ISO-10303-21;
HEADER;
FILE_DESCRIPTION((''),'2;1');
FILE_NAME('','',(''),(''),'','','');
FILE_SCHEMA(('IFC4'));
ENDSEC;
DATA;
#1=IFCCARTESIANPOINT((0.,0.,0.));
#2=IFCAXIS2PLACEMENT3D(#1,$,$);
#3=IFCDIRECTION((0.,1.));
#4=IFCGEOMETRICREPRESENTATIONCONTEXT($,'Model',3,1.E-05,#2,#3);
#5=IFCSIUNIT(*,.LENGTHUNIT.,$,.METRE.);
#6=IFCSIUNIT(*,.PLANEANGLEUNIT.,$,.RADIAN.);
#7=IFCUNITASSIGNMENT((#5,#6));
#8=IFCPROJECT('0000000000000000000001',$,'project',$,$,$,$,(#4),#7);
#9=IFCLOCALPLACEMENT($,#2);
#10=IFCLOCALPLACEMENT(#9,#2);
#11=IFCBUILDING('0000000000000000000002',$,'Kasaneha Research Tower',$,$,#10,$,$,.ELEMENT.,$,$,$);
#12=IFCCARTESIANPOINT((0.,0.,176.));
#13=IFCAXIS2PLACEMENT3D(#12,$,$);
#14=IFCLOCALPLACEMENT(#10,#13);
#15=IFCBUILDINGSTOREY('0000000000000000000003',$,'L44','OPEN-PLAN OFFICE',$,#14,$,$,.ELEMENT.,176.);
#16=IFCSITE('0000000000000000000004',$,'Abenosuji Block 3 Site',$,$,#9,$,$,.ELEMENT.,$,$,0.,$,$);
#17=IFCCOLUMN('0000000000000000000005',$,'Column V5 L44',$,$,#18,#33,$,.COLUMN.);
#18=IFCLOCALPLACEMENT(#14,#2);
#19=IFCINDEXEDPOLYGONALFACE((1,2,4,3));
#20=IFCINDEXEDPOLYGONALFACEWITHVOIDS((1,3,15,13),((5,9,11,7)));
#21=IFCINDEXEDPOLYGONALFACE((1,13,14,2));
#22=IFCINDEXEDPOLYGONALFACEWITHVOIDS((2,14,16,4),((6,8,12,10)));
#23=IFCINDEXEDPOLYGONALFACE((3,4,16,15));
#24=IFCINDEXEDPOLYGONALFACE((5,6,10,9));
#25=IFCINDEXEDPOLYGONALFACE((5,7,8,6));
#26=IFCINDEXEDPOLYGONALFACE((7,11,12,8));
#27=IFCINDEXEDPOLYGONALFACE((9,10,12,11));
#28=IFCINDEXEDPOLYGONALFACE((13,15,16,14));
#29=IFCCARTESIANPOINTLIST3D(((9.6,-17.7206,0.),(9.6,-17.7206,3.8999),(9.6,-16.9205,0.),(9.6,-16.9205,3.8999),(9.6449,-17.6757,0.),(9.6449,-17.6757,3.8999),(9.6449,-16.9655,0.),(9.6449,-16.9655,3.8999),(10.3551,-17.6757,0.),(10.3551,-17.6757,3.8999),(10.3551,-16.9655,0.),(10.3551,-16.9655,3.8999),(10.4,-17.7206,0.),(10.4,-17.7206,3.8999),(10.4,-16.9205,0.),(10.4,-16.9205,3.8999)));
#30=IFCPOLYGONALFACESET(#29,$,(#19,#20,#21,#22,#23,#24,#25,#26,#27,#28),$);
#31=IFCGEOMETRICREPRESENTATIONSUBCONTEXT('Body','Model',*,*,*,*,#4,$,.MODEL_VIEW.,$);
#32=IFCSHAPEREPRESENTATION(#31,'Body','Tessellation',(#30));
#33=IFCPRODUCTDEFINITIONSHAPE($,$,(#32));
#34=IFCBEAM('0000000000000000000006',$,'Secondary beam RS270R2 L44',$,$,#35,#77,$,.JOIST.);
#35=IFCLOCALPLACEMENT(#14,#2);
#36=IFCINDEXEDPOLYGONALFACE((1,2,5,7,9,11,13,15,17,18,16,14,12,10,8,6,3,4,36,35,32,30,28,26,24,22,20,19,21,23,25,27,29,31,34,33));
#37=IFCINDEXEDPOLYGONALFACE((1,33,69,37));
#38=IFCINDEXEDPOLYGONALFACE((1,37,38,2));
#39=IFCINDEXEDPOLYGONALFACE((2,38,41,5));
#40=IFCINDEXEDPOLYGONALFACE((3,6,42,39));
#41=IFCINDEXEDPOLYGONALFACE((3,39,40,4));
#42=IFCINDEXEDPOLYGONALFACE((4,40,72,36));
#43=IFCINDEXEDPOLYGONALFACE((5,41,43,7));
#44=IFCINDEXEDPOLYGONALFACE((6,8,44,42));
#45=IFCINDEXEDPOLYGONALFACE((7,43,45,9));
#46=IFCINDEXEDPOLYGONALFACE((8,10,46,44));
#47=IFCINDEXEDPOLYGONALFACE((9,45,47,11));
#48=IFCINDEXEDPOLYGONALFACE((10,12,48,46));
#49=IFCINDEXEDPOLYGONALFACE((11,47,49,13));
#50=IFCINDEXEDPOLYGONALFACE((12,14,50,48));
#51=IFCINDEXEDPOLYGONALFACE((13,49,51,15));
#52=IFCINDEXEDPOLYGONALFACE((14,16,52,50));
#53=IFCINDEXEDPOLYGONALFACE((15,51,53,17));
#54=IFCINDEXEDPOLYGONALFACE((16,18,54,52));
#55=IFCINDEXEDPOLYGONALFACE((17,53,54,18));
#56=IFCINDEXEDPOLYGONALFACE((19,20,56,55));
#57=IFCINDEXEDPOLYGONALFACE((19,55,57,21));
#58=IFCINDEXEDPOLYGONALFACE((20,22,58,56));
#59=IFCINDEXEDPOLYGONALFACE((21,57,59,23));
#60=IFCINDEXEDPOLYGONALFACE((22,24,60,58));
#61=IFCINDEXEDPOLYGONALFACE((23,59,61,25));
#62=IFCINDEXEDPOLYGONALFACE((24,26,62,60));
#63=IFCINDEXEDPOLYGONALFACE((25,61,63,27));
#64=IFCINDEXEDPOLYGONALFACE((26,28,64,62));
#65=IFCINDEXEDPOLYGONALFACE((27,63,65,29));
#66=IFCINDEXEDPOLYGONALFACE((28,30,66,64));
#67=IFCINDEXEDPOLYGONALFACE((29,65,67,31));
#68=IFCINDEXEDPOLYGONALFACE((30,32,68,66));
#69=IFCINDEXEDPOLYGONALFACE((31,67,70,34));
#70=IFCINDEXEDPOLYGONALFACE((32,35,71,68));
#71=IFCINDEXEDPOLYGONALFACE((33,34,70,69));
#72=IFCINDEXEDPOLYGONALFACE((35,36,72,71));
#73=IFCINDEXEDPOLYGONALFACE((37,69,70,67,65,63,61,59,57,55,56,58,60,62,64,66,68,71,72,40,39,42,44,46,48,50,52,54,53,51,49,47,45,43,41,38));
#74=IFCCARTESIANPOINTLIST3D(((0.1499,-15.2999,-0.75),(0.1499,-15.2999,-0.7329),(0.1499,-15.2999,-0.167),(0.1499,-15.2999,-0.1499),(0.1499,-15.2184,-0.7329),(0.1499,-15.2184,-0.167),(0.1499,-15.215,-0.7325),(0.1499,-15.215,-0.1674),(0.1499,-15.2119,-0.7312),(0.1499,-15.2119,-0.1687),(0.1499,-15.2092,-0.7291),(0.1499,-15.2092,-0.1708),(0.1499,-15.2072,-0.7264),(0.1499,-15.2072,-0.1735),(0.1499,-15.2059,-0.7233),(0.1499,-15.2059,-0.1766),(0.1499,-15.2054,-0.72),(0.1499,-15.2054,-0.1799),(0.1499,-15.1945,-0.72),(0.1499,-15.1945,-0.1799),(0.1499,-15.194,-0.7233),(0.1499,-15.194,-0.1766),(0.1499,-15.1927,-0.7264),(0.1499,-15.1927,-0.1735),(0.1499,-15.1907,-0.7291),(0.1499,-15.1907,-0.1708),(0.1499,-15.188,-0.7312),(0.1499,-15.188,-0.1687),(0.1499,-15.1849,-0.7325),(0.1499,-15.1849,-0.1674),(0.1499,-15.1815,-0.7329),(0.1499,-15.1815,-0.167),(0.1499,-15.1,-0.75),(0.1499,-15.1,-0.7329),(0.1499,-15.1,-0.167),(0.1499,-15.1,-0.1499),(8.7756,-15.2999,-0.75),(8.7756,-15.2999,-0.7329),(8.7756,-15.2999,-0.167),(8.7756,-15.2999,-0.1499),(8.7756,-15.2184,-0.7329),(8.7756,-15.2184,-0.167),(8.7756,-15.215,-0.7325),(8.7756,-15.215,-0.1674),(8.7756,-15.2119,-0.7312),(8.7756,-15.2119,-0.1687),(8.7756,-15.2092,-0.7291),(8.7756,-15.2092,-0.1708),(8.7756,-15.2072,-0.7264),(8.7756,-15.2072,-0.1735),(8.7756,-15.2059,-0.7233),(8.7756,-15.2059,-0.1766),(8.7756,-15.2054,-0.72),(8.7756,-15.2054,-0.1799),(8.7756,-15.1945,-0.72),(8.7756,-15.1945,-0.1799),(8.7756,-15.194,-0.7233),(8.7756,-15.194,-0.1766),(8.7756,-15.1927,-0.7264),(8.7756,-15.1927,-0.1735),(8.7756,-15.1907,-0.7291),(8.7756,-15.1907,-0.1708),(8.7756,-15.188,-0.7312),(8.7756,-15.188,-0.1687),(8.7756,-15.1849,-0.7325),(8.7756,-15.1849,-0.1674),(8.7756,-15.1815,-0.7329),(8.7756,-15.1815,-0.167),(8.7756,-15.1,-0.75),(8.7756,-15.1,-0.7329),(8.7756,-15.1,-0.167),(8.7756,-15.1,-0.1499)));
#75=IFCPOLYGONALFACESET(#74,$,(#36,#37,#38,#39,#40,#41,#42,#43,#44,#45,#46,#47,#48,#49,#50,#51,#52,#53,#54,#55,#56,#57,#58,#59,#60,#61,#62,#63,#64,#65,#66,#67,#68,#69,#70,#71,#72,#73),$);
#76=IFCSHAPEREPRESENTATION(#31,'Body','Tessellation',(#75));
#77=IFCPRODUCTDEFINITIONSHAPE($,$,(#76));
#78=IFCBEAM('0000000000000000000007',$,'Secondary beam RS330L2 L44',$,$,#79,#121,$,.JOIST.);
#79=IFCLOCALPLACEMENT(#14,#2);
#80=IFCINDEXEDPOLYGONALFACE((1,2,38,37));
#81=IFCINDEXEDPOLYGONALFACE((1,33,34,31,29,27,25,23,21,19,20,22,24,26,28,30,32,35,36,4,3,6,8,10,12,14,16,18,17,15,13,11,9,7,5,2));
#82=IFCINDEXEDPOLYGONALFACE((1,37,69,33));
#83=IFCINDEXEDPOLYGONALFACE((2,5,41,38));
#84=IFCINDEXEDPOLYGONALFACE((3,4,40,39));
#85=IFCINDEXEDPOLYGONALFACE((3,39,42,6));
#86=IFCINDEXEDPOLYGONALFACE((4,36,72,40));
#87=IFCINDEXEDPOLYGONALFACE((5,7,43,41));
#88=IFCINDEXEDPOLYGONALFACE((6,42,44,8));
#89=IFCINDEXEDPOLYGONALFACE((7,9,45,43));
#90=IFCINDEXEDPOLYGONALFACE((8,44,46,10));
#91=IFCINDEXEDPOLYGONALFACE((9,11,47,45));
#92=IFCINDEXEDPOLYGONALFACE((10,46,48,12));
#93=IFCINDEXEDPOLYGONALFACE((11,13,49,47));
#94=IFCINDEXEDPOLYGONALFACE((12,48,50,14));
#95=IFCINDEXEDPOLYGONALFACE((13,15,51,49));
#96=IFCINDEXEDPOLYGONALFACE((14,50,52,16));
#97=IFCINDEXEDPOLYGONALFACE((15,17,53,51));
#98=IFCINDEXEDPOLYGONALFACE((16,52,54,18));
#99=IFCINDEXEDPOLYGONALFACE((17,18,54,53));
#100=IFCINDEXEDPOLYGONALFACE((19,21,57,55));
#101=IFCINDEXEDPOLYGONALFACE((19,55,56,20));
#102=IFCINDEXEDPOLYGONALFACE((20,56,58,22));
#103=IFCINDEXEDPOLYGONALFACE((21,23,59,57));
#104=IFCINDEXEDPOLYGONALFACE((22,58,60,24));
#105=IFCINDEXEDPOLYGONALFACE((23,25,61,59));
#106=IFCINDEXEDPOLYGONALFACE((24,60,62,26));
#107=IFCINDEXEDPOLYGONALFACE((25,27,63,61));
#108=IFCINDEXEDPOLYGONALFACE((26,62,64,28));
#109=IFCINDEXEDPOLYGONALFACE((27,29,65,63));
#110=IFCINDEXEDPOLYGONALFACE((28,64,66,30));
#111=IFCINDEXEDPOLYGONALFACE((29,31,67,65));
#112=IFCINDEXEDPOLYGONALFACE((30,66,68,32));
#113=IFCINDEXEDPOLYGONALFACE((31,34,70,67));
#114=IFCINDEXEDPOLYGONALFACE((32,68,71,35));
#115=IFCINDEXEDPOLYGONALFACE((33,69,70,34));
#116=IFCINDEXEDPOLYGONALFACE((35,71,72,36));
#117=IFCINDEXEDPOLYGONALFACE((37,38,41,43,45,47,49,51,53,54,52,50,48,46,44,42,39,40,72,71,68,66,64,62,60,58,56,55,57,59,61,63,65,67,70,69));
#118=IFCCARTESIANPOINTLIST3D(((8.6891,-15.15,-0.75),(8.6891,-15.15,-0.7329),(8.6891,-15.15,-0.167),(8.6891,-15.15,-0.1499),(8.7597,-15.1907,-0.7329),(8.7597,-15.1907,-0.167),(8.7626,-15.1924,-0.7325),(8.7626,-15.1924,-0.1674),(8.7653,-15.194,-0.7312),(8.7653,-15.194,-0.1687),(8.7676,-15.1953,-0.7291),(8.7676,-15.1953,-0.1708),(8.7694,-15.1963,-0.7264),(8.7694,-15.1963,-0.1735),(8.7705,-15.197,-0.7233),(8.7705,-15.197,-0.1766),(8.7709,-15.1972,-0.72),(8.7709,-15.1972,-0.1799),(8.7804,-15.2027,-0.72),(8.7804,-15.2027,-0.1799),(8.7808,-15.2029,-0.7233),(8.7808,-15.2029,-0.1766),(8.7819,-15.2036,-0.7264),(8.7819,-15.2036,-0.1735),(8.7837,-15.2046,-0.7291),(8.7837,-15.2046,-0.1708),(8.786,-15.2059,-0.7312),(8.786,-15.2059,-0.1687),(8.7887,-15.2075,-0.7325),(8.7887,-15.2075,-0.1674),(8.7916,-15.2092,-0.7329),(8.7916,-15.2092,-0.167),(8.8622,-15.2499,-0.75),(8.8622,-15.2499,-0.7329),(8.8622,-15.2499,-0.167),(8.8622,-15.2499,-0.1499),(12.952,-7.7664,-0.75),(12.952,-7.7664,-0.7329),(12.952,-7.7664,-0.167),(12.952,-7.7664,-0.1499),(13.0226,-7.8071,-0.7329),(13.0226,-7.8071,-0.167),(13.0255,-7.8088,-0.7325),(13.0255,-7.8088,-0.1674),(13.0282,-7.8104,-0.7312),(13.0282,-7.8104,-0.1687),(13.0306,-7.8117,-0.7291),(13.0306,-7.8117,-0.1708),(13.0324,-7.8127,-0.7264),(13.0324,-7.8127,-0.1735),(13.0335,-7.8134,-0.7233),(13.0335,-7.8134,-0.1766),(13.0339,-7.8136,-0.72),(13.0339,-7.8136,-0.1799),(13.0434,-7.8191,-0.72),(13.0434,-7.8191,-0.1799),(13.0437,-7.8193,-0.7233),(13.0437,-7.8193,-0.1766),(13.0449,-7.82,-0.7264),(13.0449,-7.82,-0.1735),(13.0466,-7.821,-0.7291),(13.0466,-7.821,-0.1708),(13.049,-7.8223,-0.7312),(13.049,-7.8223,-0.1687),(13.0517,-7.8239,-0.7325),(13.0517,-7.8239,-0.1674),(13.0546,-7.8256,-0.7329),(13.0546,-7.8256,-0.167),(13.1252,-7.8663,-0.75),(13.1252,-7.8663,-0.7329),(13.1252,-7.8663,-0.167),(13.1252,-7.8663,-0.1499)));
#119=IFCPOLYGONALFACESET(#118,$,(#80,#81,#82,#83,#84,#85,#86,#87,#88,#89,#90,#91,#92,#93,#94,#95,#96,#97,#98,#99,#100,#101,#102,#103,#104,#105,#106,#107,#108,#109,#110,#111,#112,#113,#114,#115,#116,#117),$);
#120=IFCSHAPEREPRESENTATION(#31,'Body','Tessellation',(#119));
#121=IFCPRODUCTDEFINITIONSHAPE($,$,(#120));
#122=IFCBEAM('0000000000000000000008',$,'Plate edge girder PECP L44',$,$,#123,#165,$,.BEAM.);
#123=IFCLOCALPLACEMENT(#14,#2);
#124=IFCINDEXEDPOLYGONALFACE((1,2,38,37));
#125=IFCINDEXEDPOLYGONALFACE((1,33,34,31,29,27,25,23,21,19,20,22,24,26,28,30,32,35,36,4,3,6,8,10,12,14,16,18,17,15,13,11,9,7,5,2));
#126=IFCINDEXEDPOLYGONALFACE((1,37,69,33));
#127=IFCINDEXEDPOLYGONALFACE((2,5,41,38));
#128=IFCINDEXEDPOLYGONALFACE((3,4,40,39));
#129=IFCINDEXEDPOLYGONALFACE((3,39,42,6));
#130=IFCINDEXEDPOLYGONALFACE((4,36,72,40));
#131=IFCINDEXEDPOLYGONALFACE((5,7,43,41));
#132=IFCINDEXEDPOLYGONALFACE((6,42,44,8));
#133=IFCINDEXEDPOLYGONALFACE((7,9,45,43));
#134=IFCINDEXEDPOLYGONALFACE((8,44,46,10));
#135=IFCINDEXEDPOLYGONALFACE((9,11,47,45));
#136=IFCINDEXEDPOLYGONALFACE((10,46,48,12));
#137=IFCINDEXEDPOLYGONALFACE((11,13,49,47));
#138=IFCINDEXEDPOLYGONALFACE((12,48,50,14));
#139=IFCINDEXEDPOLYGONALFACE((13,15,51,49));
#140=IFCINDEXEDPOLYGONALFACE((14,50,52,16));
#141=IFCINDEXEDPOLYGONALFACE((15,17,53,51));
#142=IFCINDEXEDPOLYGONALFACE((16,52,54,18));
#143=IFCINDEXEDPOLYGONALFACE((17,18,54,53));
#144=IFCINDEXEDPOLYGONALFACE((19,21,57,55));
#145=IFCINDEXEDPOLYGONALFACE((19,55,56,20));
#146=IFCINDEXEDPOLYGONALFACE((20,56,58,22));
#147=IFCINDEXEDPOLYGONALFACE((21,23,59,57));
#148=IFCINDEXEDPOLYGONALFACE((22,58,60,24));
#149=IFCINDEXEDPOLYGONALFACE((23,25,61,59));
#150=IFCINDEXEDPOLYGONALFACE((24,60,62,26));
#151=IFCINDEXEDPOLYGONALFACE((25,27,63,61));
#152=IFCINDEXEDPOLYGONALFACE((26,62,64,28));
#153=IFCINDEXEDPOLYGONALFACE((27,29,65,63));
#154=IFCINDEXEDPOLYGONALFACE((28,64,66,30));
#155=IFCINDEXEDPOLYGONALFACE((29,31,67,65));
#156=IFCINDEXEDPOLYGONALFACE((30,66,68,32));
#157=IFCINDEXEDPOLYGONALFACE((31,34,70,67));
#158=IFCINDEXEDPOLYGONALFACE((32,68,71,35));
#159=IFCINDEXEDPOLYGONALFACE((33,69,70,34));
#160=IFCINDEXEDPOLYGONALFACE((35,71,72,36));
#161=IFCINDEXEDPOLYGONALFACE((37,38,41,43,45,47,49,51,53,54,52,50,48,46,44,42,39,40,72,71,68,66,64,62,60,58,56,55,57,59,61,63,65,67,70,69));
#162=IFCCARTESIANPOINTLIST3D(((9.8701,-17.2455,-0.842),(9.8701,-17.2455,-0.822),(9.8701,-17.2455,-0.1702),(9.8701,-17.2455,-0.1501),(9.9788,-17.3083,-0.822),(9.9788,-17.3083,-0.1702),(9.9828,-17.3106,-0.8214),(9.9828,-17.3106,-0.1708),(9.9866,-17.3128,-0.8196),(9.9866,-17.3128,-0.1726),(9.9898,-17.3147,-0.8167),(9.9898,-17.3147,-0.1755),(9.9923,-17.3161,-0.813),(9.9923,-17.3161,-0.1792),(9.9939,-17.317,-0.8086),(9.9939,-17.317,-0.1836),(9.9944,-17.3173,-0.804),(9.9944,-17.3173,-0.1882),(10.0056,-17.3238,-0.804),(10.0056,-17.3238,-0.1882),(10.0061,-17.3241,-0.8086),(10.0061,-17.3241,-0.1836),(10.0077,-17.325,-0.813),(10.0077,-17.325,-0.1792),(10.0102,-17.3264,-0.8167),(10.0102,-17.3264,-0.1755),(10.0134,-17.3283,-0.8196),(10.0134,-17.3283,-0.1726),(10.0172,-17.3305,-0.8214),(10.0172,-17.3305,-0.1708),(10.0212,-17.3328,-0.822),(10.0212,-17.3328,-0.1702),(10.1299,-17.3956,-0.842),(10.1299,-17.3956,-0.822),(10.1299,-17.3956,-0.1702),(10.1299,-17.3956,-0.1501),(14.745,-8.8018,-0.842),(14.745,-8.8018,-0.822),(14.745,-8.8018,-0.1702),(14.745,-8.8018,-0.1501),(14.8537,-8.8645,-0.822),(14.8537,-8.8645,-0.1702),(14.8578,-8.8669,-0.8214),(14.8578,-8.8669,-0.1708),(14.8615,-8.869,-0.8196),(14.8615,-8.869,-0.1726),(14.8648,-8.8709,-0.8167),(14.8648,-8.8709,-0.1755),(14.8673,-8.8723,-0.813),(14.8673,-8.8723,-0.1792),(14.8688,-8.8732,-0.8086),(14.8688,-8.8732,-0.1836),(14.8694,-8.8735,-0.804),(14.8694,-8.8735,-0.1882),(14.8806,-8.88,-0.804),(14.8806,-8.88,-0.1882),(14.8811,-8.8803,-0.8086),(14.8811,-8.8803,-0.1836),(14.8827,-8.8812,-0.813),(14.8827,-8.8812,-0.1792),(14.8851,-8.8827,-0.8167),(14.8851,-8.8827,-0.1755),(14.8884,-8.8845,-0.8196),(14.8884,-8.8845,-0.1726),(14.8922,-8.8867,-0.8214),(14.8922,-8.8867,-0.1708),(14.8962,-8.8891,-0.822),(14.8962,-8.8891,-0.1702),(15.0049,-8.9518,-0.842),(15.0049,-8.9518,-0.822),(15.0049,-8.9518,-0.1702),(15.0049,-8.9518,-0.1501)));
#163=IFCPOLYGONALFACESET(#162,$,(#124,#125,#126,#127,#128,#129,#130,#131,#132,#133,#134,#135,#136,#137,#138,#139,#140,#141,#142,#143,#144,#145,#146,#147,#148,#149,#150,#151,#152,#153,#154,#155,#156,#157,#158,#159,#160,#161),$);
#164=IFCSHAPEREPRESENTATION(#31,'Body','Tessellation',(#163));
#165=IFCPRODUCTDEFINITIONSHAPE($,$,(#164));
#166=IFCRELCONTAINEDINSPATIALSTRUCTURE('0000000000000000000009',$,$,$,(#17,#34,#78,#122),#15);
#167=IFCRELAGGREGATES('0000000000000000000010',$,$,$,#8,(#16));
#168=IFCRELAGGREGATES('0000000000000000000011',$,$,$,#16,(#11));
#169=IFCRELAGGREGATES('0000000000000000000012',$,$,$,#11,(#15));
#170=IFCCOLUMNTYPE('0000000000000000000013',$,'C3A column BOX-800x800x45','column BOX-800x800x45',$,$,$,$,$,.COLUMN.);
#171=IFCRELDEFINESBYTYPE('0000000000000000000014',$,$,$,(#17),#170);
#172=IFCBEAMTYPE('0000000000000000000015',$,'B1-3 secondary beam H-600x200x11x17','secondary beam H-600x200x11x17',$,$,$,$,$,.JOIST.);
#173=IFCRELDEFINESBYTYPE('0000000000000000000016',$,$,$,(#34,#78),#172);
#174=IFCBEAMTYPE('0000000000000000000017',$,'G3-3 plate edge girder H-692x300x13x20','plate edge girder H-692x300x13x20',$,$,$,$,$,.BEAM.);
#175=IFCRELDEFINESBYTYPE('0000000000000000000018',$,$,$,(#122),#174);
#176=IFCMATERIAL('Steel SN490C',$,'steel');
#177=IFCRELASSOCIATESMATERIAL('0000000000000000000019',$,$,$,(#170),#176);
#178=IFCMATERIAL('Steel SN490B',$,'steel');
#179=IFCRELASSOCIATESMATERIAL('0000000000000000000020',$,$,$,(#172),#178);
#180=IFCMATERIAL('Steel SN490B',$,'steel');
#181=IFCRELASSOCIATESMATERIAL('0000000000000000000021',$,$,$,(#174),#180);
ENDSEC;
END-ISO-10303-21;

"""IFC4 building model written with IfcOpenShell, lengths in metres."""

from ifc_helpers import new_model, si_unit, direction, frame, origin, origin_2d, place, context, subcontext, project, spatial, hollow_rectangle, i_section, extrude, material, material_profile, profile_set, type_object, element, save


model = new_model("IFC4")

# Units and contexts
model_context = context("Model", 3, precision=1e-05, world=origin(), true_north=direction((0.0, 1.0)))
body_context = subcontext(model_context, "Body", "Model", "MODEL_VIEW")
ifc_project = project(units=[si_unit("LENGTHUNIT", "METRE"), si_unit("PLANEANGLEUNIT", "RADIAN")], contexts=[model_context])

# Site, building, storey
site_placement = place(None, origin())
site = spatial("IfcSite", under=ifc_project, at=site_placement, Name="Abenosuji Block 3 Site", CompositionType="ELEMENT", RefElevation=0.0)
building_placement = place(site_placement, origin())
building = spatial("IfcBuilding", under=site, at=building_placement, Name="Kasaneha Research Tower", CompositionType="ELEMENT")
storey_placement = place(building_placement, frame((0.0, 0.0, 176.0)))
storey = spatial("IfcBuildingStorey", under=building, at=storey_placement, Name="L44", Description="OPEN-PLAN OFFICE", CompositionType="ELEMENT", Elevation=176.0)

# Column
ifc_material_1 = material(Name="Steel SN490C", Category="steel")
ifc_material_profile_1 = material_profile(ifc_material_1, hollow_rectangle(XDim=0.8, YDim=0.8, WallThickness=0.0449, at=origin_2d()), Name="BOX-800x800x45")
ifc_profile_set_1 = profile_set([ifc_material_profile_1], Name="Steel SN490C")
column_type = type_object("IfcColumnType", Name="C3A column BOX-800x800x45", Description="column BOX-800x800x45", PredefinedType="COLUMN", material=ifc_profile_set_1)
column_placement = place(storey_placement, frame((10.0, -17.3206, 0.0), z_axis=(0.0, 0.0, 1.0), x_axis=(1.0, 0.0, 0.0)))
element("IfcColumn", 1, at=column_placement, inside=storey, type_object=column_type, Name="Column V5 L44", PredefinedType="COLUMN", context=body_context, shape_type="SweptSolid", body=[
    extrude(hollow_rectangle(XDim=0.8, YDim=0.8, WallThickness=0.0449, at=origin_2d()), origin(), (0.0, 0.0, 1.0), 3.8999),
])

# Beams
ifc_material_2 = material(Name="Steel SN490B", Category="steel")
ifc_material_profile_2 = material_profile(ifc_material_2, i_section(OverallWidth=0.2, OverallDepth=0.6001, WebThickness=0.011, FlangeThickness=0.0171, FilletRadius=0.0129, at=origin_2d()), Name="H-600x200x11x17")
ifc_profile_set_2 = profile_set([ifc_material_profile_2], Name="Steel SN490B")
beam_type_1 = type_object("IfcBeamType", Name="B1-3 secondary beam H-600x200x11x17", Description="secondary beam H-600x200x11x17", PredefinedType="JOIST", material=ifc_profile_set_2)
beam_1_placement = place(storey_placement, frame((8.7756, -15.2, -0.45), z_axis=(-1.0, 0.0, 0.0), x_axis=(0.0, -1.0, 0.0)))
element("IfcBeam", 2, at=beam_1_placement, inside=storey, type_object=beam_type_1, Name="Secondary beam RS270R2 L44", PredefinedType="JOIST", context=body_context, shape_type="SweptSolid", body=[
    extrude(i_section(OverallWidth=0.2, OverallDepth=0.6001, WebThickness=0.011, FlangeThickness=0.0171, FilletRadius=0.0129, at=origin_2d()), origin(), (0.0, 0.0, 1.0), 8.6257),
])
beam_2_placement = place(storey_placement, frame((8.7756, -15.2, -0.45), z_axis=(0.500004, 0.866023, 0.0), x_axis=(-0.866023, 0.500004, 0.0)))
element("IfcBeam", 3, at=beam_2_placement, inside=storey, type_object=beam_type_1, Name="Secondary beam RS330L2 L44", PredefinedType="JOIST", context=body_context, shape_type="SweptSolid", body=[
    extrude(i_section(OverallWidth=0.2, OverallDepth=0.6001, WebThickness=0.011, FlangeThickness=0.0171, FilletRadius=0.0129, at=origin_2d()), origin(), (0.0, 0.0, 1.0), 8.5259),
])
ifc_material_3 = material(Name="Steel SN490B", Category="steel")
ifc_material_profile_3 = material_profile(ifc_material_3, i_section(OverallWidth=0.3, OverallDepth=0.6919, WebThickness=0.0129, FlangeThickness=0.02, FilletRadius=0.0181, at=origin_2d()), Name="H-692x300x13x20")
ifc_profile_set_3 = profile_set([ifc_material_profile_3], Name="Steel SN490B")
beam_type_2 = type_object("IfcBeamType", Name="G3-3 plate edge girder H-692x300x13x20", Description="plate edge girder H-692x300x13x20", PredefinedType="BEAM", material=ifc_profile_set_3)
beam_3_placement = place(storey_placement, frame((10.0, -17.3206, -0.4961), z_axis=(0.499996, 0.866028, 0.0), x_axis=(-0.866028, 0.499996, 0.0)))
element("IfcBeam", 4, at=beam_3_placement, inside=storey, type_object=beam_type_2, Name="Plate edge girder PECP L44", PredefinedType="BEAM", context=body_context, shape_type="SweptSolid", body=[
    extrude(i_section(OverallWidth=0.3, OverallDepth=0.6919, WebThickness=0.0129, FlangeThickness=0.02, FilletRadius=0.0181, at=origin_2d()), origin(), (0.0, 0.0, 1.0), 9.75),
])

save(model, "model.ifc")
